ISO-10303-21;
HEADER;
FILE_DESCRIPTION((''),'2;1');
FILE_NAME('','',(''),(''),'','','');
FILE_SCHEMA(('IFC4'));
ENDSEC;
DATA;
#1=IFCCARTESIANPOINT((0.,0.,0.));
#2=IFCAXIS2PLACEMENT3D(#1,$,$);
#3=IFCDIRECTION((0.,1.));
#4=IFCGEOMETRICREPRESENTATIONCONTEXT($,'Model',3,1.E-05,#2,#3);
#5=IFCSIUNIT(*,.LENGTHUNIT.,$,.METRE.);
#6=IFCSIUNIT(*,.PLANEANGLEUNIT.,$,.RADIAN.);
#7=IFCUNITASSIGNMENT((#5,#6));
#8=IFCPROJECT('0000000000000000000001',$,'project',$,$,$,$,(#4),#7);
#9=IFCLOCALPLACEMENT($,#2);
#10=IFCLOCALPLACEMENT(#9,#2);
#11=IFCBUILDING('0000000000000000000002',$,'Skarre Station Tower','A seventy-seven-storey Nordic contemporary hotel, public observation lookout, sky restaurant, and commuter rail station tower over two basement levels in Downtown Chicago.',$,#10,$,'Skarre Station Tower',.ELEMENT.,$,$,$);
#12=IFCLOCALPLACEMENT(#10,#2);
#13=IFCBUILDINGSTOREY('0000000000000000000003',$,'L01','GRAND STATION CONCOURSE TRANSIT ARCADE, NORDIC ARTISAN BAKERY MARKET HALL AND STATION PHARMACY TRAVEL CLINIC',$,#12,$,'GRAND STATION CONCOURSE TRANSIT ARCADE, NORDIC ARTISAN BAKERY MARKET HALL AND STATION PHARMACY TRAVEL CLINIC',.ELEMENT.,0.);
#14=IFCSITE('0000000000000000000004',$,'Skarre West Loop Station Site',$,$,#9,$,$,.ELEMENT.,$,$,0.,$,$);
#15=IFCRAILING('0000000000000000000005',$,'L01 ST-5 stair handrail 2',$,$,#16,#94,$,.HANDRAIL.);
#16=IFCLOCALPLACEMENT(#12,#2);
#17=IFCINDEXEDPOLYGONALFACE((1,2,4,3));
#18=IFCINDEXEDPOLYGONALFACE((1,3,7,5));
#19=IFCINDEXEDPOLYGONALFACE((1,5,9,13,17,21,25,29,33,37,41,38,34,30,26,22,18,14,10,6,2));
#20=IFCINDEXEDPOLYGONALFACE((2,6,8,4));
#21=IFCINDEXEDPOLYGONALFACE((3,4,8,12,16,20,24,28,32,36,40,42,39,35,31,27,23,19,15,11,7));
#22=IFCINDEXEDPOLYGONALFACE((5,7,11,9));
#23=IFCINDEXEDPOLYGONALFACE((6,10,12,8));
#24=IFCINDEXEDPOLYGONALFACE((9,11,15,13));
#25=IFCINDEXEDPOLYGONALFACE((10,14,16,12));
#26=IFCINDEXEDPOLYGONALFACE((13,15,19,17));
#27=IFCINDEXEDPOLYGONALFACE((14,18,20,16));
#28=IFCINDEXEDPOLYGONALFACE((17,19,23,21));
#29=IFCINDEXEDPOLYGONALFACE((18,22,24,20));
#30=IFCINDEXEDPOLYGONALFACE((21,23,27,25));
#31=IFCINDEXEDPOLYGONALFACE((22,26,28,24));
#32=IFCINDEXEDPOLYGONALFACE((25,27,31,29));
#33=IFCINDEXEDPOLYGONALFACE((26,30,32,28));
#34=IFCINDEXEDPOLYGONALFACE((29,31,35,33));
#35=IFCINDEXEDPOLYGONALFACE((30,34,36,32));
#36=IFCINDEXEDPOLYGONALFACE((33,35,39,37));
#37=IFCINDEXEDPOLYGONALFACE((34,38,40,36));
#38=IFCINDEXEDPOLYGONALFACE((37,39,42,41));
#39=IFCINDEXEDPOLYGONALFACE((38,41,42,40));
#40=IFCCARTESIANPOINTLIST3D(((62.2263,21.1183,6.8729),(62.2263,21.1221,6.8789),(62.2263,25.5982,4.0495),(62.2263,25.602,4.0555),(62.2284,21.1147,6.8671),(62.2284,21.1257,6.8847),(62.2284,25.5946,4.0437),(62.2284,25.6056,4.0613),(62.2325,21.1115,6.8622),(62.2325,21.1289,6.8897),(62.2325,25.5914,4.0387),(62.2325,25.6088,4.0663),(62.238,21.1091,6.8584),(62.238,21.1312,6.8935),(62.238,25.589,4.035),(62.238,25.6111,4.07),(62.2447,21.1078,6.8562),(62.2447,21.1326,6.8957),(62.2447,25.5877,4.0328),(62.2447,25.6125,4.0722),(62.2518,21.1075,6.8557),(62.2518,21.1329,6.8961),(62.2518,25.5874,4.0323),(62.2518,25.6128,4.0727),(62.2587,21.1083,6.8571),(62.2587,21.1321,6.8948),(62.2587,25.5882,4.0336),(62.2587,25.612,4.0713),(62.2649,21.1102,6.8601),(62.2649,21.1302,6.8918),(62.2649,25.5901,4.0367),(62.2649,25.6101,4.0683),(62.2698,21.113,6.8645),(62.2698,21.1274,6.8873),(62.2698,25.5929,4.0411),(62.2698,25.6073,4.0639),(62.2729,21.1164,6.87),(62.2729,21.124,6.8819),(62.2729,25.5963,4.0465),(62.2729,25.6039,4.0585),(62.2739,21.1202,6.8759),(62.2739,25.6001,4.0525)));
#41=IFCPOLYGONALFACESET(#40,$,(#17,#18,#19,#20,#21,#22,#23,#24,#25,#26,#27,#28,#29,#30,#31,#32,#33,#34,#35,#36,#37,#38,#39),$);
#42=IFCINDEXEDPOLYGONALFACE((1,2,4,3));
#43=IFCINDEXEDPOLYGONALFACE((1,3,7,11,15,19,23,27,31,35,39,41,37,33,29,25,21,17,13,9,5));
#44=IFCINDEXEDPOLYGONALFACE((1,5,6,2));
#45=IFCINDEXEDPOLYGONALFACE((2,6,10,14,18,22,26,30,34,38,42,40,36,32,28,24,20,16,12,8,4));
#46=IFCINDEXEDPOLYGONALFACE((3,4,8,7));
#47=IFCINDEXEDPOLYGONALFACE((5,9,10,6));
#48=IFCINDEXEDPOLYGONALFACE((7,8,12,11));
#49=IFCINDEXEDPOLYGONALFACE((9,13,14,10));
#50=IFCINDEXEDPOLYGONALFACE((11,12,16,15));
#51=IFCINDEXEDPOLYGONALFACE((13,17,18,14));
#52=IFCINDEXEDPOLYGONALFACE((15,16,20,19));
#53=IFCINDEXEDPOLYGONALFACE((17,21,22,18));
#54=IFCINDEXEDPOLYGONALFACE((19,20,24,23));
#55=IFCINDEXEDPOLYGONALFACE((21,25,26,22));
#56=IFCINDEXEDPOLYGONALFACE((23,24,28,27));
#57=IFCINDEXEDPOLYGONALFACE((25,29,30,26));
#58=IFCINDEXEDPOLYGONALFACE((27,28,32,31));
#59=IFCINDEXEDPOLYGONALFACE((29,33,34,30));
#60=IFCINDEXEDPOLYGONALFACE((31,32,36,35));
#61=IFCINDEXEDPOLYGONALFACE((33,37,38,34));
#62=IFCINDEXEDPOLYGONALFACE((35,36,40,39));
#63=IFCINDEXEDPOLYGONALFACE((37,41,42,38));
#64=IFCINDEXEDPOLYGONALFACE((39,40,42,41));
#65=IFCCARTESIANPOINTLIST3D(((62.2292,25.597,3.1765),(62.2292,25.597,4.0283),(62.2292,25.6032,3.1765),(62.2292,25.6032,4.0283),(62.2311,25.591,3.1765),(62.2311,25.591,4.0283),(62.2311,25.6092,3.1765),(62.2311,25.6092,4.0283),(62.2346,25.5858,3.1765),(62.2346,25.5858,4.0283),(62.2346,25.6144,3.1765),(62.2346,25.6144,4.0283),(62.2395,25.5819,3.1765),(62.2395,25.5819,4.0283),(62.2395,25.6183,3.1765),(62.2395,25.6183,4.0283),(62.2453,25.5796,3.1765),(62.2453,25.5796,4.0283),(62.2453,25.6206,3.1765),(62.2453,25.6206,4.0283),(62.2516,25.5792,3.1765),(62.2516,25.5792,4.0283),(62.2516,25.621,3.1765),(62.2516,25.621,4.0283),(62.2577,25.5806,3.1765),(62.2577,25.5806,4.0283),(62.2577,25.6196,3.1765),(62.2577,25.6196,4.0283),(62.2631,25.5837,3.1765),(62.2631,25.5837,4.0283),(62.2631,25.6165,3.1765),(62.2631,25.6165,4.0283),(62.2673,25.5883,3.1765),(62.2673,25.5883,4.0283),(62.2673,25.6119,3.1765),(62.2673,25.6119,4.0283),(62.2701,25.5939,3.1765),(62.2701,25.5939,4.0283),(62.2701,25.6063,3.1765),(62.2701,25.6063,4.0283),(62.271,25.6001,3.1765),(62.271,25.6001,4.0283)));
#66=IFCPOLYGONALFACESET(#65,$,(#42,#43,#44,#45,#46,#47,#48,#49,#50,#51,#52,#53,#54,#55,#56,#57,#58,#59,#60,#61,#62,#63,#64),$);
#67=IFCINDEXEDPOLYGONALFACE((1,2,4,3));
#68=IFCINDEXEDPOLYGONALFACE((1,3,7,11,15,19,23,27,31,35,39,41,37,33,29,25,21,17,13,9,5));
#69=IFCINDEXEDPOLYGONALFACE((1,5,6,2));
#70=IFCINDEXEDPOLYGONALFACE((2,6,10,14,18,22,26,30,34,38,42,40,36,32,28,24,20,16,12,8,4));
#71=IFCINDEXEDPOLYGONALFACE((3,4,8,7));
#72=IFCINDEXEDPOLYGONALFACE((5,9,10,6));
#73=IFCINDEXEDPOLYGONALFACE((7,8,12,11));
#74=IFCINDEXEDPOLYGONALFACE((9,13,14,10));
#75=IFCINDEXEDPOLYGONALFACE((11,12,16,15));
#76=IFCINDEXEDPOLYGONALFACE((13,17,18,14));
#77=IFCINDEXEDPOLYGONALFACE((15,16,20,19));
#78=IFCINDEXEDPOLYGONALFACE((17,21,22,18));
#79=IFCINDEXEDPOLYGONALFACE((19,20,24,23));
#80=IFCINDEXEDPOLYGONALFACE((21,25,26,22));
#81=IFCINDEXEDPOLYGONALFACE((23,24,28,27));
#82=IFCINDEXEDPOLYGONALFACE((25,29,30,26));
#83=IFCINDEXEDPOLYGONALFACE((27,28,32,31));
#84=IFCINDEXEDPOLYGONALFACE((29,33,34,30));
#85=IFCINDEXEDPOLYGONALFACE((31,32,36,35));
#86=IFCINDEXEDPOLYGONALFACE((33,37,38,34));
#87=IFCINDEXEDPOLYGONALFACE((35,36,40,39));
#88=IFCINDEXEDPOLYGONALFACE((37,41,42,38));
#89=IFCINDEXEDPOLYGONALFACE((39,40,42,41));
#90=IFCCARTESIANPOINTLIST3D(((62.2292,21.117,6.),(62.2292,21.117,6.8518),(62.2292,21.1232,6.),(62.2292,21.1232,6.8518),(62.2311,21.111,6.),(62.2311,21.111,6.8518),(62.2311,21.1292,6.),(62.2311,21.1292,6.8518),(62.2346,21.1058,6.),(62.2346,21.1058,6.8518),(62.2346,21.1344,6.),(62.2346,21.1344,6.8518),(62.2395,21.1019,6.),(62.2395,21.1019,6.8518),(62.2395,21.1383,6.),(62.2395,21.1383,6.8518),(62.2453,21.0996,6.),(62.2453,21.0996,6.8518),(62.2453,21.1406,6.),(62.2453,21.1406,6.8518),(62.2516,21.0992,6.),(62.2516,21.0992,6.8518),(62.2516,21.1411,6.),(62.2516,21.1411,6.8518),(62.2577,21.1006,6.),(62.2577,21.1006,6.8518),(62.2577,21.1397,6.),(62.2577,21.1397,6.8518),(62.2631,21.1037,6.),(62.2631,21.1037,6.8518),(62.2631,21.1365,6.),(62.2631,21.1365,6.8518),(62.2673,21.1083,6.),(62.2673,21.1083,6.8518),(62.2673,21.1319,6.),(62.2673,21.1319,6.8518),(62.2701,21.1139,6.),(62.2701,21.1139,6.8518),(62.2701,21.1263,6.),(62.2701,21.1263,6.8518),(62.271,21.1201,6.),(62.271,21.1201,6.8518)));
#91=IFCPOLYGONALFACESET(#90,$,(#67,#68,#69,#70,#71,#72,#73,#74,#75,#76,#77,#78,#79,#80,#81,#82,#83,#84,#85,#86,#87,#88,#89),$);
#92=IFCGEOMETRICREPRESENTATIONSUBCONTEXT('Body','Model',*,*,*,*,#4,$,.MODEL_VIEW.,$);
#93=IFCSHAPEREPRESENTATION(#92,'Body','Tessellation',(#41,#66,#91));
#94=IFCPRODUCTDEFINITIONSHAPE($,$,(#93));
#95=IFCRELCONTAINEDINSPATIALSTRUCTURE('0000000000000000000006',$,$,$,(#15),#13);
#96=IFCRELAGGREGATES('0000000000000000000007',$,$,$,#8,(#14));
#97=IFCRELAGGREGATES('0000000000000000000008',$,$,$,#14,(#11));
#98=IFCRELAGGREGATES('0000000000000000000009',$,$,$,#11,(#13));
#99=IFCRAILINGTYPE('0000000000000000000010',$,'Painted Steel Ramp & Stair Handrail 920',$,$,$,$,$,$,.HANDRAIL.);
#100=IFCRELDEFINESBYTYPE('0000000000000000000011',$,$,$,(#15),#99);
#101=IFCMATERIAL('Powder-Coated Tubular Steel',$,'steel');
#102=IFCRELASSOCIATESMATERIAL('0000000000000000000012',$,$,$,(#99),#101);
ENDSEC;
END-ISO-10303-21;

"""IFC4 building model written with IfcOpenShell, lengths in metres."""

from ifc_helpers import new_model, si_unit, direction, frame, origin, origin_2d, place, context, subcontext, project, spatial, circle, extrude, material, type_object, element, save


model = new_model("IFC4")

# Units and contexts
model_context = context("Model", 3, precision=1e-05, world=origin(), true_north=direction((0.0, 1.0)))
body_context = subcontext(model_context, "Body", "Model", "MODEL_VIEW")
ifc_project = project(units=[si_unit("LENGTHUNIT", "METRE"), si_unit("PLANEANGLEUNIT", "RADIAN")], contexts=[model_context])

# Site, building, storey
site_placement = place(None, origin())
site = spatial("IfcSite", under=ifc_project, at=site_placement, Name="Skarre West Loop Station Site", CompositionType="ELEMENT", RefElevation=0.0)
building_placement = place(site_placement, origin())
building = spatial("IfcBuilding", under=site, at=building_placement, Name="Skarre Station Tower", Description="A seventy-seven-storey Nordic contemporary hotel, public observation lookout, sky restaurant, and commuter rail station tower over two basement levels in Downtown Chicago.", LongName="Skarre Station Tower", CompositionType="ELEMENT")
storey_placement = place(building_placement, origin())
storey = spatial("IfcBuildingStorey", under=building, at=storey_placement, Name="L01", Description="GRAND STATION CONCOURSE TRANSIT ARCADE, NORDIC ARTISAN BAKERY MARKET HALL AND STATION PHARMACY TRAVEL CLINIC", LongName="GRAND STATION CONCOURSE TRANSIT ARCADE, NORDIC ARTISAN BAKERY MARKET HALL AND STATION PHARMACY TRAVEL CLINIC", CompositionType="ELEMENT", Elevation=0.0)

# Railing
ifc_material_1 = material(Name="Powder-Coated Tubular Steel", Category="steel")
railing_type_1 = type_object("IfcRailingType", Name="Painted Steel Ramp & Stair Handrail 920", PredefinedType="HANDRAIL", material=ifc_material_1)
railing_1_placement = place(storey_placement, frame((62.25, 25.6001, 3.1765)))
element("IfcRailing", 1, at=railing_1_placement, inside=storey, type_object=railing_type_1, Name="L01 ST-5 stair handrail 2", PredefinedType="HANDRAIL", context=body_context, shape_type="SweptSolid", body=[
    extrude(circle(Radius=0.0239, at=origin_2d()), frame((0.0, 0.0, 0.876), z_axis=(0.0, -0.845998, 0.533186), x_axis=(1.0, 0.0, 0.0)), (0.0, 0.0, 1.0), 5.2954),
    extrude(circle(Radius=0.021, at=origin_2d()), origin(), (0.0, 0.0, 1.0), 0.8518),
    extrude(circle(Radius=0.021, at=origin_2d()), frame((0.0, -4.48, 2.8235)), (0.0, 0.0, 1.0), 0.8518),
])

save(model, "model.ifc")
